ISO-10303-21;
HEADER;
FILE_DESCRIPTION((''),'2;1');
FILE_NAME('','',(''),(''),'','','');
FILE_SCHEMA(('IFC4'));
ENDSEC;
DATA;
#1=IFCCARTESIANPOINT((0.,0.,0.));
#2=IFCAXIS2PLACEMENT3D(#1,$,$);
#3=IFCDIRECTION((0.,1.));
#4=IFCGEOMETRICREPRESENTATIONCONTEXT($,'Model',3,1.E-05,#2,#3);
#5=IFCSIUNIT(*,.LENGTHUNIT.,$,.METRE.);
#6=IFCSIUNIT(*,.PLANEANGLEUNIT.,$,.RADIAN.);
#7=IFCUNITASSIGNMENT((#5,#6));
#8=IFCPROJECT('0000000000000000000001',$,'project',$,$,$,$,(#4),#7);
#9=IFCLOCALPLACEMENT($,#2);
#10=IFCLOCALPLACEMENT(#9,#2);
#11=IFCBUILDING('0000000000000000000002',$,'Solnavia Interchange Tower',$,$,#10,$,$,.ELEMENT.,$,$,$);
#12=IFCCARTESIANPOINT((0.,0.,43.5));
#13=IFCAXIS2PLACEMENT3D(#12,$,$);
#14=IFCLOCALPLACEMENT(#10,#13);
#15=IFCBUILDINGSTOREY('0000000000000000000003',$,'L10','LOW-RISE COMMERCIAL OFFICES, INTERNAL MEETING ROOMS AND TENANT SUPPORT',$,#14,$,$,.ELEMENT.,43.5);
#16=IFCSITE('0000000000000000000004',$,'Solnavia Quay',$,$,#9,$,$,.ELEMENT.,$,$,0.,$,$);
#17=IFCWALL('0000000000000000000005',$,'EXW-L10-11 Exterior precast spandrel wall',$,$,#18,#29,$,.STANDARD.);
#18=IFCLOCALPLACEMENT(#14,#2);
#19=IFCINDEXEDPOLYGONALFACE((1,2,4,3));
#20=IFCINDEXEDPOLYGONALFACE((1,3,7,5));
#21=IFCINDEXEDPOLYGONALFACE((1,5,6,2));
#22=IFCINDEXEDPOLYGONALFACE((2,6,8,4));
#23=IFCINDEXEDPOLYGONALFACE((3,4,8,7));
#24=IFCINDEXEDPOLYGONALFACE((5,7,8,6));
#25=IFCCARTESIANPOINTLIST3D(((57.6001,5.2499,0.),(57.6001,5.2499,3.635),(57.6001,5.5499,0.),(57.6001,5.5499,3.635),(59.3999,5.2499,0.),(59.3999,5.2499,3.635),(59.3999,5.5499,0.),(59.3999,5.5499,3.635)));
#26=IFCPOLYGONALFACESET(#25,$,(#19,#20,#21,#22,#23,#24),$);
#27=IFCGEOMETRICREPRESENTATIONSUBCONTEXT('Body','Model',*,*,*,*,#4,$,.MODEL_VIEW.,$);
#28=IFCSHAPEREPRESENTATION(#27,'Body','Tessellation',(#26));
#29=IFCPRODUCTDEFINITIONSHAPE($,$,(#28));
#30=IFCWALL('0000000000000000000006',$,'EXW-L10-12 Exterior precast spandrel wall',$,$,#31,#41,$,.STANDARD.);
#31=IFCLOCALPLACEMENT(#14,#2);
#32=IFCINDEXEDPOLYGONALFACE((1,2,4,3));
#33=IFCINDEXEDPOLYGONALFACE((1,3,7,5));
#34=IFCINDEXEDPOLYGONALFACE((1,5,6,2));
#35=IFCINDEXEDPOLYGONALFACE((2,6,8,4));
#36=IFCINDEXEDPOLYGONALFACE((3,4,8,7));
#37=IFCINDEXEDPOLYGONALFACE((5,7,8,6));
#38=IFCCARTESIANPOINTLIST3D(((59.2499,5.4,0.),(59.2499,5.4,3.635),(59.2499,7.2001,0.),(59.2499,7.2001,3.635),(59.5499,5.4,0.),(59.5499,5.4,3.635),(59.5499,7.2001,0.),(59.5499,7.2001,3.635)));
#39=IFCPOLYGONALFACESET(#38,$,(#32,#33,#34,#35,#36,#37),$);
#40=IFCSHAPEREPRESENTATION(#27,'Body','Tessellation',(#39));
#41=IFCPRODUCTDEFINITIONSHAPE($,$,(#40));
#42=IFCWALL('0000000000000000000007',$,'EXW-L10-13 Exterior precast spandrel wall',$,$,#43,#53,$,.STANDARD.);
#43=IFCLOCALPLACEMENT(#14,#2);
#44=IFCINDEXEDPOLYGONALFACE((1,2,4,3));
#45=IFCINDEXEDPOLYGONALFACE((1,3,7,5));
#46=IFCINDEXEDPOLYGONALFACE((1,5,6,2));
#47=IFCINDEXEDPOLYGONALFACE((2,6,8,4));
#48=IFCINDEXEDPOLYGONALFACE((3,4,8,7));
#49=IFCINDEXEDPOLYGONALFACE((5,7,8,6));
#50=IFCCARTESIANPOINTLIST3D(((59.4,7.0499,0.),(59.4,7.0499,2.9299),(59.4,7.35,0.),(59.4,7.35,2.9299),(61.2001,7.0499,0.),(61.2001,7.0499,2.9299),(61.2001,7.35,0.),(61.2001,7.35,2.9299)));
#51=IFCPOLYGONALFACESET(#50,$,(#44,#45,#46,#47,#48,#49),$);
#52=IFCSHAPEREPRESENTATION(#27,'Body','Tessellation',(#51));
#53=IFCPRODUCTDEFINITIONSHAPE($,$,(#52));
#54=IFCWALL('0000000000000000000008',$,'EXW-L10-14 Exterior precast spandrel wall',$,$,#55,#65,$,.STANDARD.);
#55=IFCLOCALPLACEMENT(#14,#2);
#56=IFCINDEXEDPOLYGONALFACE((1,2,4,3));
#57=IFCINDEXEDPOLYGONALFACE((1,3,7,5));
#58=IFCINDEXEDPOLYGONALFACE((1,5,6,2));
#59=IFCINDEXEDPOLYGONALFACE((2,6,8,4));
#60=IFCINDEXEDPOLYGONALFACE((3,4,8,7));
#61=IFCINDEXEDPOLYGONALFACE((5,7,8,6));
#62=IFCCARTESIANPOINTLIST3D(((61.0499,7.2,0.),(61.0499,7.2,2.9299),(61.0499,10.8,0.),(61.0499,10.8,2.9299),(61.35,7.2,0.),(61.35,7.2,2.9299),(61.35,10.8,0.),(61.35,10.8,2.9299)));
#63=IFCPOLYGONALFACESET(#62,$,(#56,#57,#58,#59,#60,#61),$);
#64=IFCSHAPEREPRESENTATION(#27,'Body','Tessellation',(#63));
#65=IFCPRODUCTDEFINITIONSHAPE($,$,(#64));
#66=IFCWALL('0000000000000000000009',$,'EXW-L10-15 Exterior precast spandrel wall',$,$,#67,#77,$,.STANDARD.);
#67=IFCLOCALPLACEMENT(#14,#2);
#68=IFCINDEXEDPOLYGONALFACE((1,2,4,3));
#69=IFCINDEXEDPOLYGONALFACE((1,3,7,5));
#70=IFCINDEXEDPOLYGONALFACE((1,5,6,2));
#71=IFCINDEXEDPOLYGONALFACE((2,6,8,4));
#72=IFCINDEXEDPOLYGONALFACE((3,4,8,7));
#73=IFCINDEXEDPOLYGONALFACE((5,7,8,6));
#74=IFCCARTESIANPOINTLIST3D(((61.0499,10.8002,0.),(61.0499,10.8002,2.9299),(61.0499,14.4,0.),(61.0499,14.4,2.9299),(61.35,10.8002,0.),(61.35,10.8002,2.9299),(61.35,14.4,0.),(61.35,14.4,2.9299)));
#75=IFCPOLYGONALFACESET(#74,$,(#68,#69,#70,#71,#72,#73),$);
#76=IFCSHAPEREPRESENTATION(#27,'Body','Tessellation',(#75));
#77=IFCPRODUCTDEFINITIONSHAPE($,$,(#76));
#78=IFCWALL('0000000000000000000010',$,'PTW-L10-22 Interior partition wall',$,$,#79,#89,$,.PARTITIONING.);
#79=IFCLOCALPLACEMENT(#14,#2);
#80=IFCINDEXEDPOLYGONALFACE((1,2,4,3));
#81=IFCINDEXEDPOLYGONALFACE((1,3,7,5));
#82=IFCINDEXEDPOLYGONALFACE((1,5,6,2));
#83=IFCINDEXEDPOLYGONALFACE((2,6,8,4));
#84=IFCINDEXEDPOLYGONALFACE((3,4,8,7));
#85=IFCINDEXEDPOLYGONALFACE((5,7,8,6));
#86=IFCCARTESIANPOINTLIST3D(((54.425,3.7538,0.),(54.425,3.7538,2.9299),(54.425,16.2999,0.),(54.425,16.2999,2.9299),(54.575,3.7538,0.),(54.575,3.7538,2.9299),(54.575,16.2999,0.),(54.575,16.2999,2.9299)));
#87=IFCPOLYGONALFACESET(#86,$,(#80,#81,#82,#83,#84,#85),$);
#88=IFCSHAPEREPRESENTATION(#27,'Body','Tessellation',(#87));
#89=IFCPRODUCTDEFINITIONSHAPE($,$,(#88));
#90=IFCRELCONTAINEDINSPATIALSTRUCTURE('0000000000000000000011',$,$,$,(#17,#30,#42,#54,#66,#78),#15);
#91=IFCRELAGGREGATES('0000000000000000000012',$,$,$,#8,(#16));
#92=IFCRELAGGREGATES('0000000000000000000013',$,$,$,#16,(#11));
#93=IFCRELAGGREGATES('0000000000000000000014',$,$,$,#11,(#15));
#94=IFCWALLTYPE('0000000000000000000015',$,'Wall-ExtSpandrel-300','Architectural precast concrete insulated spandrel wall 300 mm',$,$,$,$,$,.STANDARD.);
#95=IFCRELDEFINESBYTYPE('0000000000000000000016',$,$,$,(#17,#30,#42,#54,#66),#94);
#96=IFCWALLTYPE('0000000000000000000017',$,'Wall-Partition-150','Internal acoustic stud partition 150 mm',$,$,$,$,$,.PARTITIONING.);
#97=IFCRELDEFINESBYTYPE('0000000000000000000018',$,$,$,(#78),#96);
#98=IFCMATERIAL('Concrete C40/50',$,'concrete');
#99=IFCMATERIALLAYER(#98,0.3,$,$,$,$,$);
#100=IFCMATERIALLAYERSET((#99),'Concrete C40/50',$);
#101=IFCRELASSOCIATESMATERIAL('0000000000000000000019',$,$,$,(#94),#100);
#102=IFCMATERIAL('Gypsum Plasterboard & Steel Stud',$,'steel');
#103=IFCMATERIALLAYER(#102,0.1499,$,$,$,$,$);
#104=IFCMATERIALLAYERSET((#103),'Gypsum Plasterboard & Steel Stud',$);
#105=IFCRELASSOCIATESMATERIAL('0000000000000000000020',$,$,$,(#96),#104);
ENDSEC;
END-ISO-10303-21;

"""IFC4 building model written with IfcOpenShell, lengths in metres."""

from ifc_helpers import new_model, si_unit, direction, frame, frame_2d, origin, place, context, subcontext, project, spatial, rectangle, extrude, material, layer, layer_set, type_object, element, save


model = new_model("IFC4")

# Units and contexts
model_context = context("Model", 3, precision=1e-05, world=origin(), true_north=direction((0.0, 1.0)))
body_context = subcontext(model_context, "Body", "Model", "MODEL_VIEW")
ifc_project = project(units=[si_unit("LENGTHUNIT", "METRE"), si_unit("PLANEANGLEUNIT", "RADIAN")], contexts=[model_context])

# Site, building, storey
site_placement = place(None, origin())
site = spatial("IfcSite", under=ifc_project, at=site_placement, Name="Solnavia Quay", CompositionType="ELEMENT", RefElevation=0.0)
building_placement = place(site_placement, origin())
building = spatial("IfcBuilding", under=site, at=building_placement, Name="Solnavia Interchange Tower", CompositionType="ELEMENT")
storey_placement = place(building_placement, frame((0.0, 0.0, 43.5)))
storey = spatial("IfcBuildingStorey", under=building, at=storey_placement, Name="L10", Description="LOW-RISE COMMERCIAL OFFICES, INTERNAL MEETING ROOMS AND TENANT SUPPORT", CompositionType="ELEMENT", Elevation=43.5)

# Walls
ifc_material_1 = material(Name="Concrete C40/50", Category="concrete")
ifc_layer_1 = layer(ifc_material_1, 0.3)
ifc_layer_set_1 = layer_set([ifc_layer_1], Name="Concrete C40/50")
wall_type_1 = type_object("IfcWallType", Name="Wall-ExtSpandrel-300", Description="Architectural precast concrete insulated spandrel wall 300 mm", PredefinedType="STANDARD", material=ifc_layer_set_1)
wall_1_placement = place(storey_placement, frame((59.3999, 5.3999, 0.0), z_axis=(0.0, 0.0, 1.0), x_axis=(-1.0, 0.0, 0.0)))
element("IfcWall", 1, at=wall_1_placement, inside=storey, type_object=wall_type_1, Name="EXW-L10-11 Exterior precast spandrel wall", PredefinedType="STANDARD", context=body_context, shape_type="SweptSolid", body=[
    extrude(rectangle(XDim=1.7998, YDim=0.3, at=frame_2d((0.8999, 0.0))), origin(), (0.0, 0.0, 1.0), 3.635),
])
wall_2_placement = place(storey_placement, frame((59.3999, 7.2, 0.0), z_axis=(0.0, 0.0, 1.0), x_axis=(0.0, -1.0, 0.0)))
element("IfcWall", 2, at=wall_2_placement, inside=storey, type_object=wall_type_1, Name="EXW-L10-12 Exterior precast spandrel wall", PredefinedType="STANDARD", context=body_context, shape_type="SweptSolid", body=[
    extrude(rectangle(XDim=1.8, YDim=0.3, at=frame_2d((0.8999, 0.0))), origin(), (0.0, 0.0, 1.0), 3.635),
])
wall_3_placement = place(storey_placement, frame((61.2, 7.2, 0.0), z_axis=(0.0, 0.0, 1.0), x_axis=(-1.0, 0.0, 0.0)))
element("IfcWall", 3, at=wall_3_placement, inside=storey, type_object=wall_type_1, Name="EXW-L10-13 Exterior precast spandrel wall", PredefinedType="STANDARD", context=body_context, shape_type="SweptSolid", body=[
    extrude(rectangle(XDim=1.8, YDim=0.3, at=frame_2d((0.8999, 0.0))), origin(), (0.0, 0.0, 1.0), 2.9299),
])
wall_4_placement = place(storey_placement, frame((61.2, 10.8, 0.0), z_axis=(0.0, 0.0, 1.0), x_axis=(0.0, -1.0, 0.0)))
element("IfcWall", 4, at=wall_4_placement, inside=storey, type_object=wall_type_1, Name="EXW-L10-14 Exterior precast spandrel wall", PredefinedType="STANDARD", context=body_context, shape_type="SweptSolid", body=[
    extrude(rectangle(XDim=3.6001, YDim=0.3, at=frame_2d((1.8, 0.0))), origin(), (0.0, 0.0, 1.0), 2.9299),
])
wall_5_placement = place(storey_placement, frame((61.2, 14.3999, 0.0), z_axis=(0.0, 0.0, 1.0), x_axis=(0.0, -1.0, 0.0)))
element("IfcWall", 5, at=wall_5_placement, inside=storey, type_object=wall_type_1, Name="EXW-L10-15 Exterior precast spandrel wall", PredefinedType="STANDARD", context=body_context, shape_type="SweptSolid", body=[
    extrude(rectangle(XDim=3.5999, YDim=0.3, at=frame_2d((1.7998, 0.0))), origin(), (0.0, 0.0, 1.0), 2.9299),
])
ifc_material_2 = material(Name="Gypsum Plasterboard & Steel Stud", Category="steel")
ifc_layer_2 = layer(ifc_material_2, 0.1499)
ifc_layer_set_2 = layer_set([ifc_layer_2], Name="Gypsum Plasterboard & Steel Stud")
wall_type_2 = type_object("IfcWallType", Name="Wall-Partition-150", Description="Internal acoustic stud partition 150 mm", PredefinedType="PARTITIONING", material=ifc_layer_set_2)
wall_6_placement = place(storey_placement, frame((54.5, 3.7539, 0.0), z_axis=(0.0, 0.0, 1.0), x_axis=(0.0, 1.0, 0.0)))
element("IfcWall", 6, at=wall_6_placement, inside=storey, type_object=wall_type_2, Name="PTW-L10-22 Interior partition wall", PredefinedType="PARTITIONING", context=body_context, shape_type="SweptSolid", body=[
    extrude(rectangle(XDim=12.5461, YDim=0.1499, at=frame_2d((6.2729, 0.0))), origin(), (0.0, 0.0, 1.0), 2.9299),
])

save(model, "model.ifc")
